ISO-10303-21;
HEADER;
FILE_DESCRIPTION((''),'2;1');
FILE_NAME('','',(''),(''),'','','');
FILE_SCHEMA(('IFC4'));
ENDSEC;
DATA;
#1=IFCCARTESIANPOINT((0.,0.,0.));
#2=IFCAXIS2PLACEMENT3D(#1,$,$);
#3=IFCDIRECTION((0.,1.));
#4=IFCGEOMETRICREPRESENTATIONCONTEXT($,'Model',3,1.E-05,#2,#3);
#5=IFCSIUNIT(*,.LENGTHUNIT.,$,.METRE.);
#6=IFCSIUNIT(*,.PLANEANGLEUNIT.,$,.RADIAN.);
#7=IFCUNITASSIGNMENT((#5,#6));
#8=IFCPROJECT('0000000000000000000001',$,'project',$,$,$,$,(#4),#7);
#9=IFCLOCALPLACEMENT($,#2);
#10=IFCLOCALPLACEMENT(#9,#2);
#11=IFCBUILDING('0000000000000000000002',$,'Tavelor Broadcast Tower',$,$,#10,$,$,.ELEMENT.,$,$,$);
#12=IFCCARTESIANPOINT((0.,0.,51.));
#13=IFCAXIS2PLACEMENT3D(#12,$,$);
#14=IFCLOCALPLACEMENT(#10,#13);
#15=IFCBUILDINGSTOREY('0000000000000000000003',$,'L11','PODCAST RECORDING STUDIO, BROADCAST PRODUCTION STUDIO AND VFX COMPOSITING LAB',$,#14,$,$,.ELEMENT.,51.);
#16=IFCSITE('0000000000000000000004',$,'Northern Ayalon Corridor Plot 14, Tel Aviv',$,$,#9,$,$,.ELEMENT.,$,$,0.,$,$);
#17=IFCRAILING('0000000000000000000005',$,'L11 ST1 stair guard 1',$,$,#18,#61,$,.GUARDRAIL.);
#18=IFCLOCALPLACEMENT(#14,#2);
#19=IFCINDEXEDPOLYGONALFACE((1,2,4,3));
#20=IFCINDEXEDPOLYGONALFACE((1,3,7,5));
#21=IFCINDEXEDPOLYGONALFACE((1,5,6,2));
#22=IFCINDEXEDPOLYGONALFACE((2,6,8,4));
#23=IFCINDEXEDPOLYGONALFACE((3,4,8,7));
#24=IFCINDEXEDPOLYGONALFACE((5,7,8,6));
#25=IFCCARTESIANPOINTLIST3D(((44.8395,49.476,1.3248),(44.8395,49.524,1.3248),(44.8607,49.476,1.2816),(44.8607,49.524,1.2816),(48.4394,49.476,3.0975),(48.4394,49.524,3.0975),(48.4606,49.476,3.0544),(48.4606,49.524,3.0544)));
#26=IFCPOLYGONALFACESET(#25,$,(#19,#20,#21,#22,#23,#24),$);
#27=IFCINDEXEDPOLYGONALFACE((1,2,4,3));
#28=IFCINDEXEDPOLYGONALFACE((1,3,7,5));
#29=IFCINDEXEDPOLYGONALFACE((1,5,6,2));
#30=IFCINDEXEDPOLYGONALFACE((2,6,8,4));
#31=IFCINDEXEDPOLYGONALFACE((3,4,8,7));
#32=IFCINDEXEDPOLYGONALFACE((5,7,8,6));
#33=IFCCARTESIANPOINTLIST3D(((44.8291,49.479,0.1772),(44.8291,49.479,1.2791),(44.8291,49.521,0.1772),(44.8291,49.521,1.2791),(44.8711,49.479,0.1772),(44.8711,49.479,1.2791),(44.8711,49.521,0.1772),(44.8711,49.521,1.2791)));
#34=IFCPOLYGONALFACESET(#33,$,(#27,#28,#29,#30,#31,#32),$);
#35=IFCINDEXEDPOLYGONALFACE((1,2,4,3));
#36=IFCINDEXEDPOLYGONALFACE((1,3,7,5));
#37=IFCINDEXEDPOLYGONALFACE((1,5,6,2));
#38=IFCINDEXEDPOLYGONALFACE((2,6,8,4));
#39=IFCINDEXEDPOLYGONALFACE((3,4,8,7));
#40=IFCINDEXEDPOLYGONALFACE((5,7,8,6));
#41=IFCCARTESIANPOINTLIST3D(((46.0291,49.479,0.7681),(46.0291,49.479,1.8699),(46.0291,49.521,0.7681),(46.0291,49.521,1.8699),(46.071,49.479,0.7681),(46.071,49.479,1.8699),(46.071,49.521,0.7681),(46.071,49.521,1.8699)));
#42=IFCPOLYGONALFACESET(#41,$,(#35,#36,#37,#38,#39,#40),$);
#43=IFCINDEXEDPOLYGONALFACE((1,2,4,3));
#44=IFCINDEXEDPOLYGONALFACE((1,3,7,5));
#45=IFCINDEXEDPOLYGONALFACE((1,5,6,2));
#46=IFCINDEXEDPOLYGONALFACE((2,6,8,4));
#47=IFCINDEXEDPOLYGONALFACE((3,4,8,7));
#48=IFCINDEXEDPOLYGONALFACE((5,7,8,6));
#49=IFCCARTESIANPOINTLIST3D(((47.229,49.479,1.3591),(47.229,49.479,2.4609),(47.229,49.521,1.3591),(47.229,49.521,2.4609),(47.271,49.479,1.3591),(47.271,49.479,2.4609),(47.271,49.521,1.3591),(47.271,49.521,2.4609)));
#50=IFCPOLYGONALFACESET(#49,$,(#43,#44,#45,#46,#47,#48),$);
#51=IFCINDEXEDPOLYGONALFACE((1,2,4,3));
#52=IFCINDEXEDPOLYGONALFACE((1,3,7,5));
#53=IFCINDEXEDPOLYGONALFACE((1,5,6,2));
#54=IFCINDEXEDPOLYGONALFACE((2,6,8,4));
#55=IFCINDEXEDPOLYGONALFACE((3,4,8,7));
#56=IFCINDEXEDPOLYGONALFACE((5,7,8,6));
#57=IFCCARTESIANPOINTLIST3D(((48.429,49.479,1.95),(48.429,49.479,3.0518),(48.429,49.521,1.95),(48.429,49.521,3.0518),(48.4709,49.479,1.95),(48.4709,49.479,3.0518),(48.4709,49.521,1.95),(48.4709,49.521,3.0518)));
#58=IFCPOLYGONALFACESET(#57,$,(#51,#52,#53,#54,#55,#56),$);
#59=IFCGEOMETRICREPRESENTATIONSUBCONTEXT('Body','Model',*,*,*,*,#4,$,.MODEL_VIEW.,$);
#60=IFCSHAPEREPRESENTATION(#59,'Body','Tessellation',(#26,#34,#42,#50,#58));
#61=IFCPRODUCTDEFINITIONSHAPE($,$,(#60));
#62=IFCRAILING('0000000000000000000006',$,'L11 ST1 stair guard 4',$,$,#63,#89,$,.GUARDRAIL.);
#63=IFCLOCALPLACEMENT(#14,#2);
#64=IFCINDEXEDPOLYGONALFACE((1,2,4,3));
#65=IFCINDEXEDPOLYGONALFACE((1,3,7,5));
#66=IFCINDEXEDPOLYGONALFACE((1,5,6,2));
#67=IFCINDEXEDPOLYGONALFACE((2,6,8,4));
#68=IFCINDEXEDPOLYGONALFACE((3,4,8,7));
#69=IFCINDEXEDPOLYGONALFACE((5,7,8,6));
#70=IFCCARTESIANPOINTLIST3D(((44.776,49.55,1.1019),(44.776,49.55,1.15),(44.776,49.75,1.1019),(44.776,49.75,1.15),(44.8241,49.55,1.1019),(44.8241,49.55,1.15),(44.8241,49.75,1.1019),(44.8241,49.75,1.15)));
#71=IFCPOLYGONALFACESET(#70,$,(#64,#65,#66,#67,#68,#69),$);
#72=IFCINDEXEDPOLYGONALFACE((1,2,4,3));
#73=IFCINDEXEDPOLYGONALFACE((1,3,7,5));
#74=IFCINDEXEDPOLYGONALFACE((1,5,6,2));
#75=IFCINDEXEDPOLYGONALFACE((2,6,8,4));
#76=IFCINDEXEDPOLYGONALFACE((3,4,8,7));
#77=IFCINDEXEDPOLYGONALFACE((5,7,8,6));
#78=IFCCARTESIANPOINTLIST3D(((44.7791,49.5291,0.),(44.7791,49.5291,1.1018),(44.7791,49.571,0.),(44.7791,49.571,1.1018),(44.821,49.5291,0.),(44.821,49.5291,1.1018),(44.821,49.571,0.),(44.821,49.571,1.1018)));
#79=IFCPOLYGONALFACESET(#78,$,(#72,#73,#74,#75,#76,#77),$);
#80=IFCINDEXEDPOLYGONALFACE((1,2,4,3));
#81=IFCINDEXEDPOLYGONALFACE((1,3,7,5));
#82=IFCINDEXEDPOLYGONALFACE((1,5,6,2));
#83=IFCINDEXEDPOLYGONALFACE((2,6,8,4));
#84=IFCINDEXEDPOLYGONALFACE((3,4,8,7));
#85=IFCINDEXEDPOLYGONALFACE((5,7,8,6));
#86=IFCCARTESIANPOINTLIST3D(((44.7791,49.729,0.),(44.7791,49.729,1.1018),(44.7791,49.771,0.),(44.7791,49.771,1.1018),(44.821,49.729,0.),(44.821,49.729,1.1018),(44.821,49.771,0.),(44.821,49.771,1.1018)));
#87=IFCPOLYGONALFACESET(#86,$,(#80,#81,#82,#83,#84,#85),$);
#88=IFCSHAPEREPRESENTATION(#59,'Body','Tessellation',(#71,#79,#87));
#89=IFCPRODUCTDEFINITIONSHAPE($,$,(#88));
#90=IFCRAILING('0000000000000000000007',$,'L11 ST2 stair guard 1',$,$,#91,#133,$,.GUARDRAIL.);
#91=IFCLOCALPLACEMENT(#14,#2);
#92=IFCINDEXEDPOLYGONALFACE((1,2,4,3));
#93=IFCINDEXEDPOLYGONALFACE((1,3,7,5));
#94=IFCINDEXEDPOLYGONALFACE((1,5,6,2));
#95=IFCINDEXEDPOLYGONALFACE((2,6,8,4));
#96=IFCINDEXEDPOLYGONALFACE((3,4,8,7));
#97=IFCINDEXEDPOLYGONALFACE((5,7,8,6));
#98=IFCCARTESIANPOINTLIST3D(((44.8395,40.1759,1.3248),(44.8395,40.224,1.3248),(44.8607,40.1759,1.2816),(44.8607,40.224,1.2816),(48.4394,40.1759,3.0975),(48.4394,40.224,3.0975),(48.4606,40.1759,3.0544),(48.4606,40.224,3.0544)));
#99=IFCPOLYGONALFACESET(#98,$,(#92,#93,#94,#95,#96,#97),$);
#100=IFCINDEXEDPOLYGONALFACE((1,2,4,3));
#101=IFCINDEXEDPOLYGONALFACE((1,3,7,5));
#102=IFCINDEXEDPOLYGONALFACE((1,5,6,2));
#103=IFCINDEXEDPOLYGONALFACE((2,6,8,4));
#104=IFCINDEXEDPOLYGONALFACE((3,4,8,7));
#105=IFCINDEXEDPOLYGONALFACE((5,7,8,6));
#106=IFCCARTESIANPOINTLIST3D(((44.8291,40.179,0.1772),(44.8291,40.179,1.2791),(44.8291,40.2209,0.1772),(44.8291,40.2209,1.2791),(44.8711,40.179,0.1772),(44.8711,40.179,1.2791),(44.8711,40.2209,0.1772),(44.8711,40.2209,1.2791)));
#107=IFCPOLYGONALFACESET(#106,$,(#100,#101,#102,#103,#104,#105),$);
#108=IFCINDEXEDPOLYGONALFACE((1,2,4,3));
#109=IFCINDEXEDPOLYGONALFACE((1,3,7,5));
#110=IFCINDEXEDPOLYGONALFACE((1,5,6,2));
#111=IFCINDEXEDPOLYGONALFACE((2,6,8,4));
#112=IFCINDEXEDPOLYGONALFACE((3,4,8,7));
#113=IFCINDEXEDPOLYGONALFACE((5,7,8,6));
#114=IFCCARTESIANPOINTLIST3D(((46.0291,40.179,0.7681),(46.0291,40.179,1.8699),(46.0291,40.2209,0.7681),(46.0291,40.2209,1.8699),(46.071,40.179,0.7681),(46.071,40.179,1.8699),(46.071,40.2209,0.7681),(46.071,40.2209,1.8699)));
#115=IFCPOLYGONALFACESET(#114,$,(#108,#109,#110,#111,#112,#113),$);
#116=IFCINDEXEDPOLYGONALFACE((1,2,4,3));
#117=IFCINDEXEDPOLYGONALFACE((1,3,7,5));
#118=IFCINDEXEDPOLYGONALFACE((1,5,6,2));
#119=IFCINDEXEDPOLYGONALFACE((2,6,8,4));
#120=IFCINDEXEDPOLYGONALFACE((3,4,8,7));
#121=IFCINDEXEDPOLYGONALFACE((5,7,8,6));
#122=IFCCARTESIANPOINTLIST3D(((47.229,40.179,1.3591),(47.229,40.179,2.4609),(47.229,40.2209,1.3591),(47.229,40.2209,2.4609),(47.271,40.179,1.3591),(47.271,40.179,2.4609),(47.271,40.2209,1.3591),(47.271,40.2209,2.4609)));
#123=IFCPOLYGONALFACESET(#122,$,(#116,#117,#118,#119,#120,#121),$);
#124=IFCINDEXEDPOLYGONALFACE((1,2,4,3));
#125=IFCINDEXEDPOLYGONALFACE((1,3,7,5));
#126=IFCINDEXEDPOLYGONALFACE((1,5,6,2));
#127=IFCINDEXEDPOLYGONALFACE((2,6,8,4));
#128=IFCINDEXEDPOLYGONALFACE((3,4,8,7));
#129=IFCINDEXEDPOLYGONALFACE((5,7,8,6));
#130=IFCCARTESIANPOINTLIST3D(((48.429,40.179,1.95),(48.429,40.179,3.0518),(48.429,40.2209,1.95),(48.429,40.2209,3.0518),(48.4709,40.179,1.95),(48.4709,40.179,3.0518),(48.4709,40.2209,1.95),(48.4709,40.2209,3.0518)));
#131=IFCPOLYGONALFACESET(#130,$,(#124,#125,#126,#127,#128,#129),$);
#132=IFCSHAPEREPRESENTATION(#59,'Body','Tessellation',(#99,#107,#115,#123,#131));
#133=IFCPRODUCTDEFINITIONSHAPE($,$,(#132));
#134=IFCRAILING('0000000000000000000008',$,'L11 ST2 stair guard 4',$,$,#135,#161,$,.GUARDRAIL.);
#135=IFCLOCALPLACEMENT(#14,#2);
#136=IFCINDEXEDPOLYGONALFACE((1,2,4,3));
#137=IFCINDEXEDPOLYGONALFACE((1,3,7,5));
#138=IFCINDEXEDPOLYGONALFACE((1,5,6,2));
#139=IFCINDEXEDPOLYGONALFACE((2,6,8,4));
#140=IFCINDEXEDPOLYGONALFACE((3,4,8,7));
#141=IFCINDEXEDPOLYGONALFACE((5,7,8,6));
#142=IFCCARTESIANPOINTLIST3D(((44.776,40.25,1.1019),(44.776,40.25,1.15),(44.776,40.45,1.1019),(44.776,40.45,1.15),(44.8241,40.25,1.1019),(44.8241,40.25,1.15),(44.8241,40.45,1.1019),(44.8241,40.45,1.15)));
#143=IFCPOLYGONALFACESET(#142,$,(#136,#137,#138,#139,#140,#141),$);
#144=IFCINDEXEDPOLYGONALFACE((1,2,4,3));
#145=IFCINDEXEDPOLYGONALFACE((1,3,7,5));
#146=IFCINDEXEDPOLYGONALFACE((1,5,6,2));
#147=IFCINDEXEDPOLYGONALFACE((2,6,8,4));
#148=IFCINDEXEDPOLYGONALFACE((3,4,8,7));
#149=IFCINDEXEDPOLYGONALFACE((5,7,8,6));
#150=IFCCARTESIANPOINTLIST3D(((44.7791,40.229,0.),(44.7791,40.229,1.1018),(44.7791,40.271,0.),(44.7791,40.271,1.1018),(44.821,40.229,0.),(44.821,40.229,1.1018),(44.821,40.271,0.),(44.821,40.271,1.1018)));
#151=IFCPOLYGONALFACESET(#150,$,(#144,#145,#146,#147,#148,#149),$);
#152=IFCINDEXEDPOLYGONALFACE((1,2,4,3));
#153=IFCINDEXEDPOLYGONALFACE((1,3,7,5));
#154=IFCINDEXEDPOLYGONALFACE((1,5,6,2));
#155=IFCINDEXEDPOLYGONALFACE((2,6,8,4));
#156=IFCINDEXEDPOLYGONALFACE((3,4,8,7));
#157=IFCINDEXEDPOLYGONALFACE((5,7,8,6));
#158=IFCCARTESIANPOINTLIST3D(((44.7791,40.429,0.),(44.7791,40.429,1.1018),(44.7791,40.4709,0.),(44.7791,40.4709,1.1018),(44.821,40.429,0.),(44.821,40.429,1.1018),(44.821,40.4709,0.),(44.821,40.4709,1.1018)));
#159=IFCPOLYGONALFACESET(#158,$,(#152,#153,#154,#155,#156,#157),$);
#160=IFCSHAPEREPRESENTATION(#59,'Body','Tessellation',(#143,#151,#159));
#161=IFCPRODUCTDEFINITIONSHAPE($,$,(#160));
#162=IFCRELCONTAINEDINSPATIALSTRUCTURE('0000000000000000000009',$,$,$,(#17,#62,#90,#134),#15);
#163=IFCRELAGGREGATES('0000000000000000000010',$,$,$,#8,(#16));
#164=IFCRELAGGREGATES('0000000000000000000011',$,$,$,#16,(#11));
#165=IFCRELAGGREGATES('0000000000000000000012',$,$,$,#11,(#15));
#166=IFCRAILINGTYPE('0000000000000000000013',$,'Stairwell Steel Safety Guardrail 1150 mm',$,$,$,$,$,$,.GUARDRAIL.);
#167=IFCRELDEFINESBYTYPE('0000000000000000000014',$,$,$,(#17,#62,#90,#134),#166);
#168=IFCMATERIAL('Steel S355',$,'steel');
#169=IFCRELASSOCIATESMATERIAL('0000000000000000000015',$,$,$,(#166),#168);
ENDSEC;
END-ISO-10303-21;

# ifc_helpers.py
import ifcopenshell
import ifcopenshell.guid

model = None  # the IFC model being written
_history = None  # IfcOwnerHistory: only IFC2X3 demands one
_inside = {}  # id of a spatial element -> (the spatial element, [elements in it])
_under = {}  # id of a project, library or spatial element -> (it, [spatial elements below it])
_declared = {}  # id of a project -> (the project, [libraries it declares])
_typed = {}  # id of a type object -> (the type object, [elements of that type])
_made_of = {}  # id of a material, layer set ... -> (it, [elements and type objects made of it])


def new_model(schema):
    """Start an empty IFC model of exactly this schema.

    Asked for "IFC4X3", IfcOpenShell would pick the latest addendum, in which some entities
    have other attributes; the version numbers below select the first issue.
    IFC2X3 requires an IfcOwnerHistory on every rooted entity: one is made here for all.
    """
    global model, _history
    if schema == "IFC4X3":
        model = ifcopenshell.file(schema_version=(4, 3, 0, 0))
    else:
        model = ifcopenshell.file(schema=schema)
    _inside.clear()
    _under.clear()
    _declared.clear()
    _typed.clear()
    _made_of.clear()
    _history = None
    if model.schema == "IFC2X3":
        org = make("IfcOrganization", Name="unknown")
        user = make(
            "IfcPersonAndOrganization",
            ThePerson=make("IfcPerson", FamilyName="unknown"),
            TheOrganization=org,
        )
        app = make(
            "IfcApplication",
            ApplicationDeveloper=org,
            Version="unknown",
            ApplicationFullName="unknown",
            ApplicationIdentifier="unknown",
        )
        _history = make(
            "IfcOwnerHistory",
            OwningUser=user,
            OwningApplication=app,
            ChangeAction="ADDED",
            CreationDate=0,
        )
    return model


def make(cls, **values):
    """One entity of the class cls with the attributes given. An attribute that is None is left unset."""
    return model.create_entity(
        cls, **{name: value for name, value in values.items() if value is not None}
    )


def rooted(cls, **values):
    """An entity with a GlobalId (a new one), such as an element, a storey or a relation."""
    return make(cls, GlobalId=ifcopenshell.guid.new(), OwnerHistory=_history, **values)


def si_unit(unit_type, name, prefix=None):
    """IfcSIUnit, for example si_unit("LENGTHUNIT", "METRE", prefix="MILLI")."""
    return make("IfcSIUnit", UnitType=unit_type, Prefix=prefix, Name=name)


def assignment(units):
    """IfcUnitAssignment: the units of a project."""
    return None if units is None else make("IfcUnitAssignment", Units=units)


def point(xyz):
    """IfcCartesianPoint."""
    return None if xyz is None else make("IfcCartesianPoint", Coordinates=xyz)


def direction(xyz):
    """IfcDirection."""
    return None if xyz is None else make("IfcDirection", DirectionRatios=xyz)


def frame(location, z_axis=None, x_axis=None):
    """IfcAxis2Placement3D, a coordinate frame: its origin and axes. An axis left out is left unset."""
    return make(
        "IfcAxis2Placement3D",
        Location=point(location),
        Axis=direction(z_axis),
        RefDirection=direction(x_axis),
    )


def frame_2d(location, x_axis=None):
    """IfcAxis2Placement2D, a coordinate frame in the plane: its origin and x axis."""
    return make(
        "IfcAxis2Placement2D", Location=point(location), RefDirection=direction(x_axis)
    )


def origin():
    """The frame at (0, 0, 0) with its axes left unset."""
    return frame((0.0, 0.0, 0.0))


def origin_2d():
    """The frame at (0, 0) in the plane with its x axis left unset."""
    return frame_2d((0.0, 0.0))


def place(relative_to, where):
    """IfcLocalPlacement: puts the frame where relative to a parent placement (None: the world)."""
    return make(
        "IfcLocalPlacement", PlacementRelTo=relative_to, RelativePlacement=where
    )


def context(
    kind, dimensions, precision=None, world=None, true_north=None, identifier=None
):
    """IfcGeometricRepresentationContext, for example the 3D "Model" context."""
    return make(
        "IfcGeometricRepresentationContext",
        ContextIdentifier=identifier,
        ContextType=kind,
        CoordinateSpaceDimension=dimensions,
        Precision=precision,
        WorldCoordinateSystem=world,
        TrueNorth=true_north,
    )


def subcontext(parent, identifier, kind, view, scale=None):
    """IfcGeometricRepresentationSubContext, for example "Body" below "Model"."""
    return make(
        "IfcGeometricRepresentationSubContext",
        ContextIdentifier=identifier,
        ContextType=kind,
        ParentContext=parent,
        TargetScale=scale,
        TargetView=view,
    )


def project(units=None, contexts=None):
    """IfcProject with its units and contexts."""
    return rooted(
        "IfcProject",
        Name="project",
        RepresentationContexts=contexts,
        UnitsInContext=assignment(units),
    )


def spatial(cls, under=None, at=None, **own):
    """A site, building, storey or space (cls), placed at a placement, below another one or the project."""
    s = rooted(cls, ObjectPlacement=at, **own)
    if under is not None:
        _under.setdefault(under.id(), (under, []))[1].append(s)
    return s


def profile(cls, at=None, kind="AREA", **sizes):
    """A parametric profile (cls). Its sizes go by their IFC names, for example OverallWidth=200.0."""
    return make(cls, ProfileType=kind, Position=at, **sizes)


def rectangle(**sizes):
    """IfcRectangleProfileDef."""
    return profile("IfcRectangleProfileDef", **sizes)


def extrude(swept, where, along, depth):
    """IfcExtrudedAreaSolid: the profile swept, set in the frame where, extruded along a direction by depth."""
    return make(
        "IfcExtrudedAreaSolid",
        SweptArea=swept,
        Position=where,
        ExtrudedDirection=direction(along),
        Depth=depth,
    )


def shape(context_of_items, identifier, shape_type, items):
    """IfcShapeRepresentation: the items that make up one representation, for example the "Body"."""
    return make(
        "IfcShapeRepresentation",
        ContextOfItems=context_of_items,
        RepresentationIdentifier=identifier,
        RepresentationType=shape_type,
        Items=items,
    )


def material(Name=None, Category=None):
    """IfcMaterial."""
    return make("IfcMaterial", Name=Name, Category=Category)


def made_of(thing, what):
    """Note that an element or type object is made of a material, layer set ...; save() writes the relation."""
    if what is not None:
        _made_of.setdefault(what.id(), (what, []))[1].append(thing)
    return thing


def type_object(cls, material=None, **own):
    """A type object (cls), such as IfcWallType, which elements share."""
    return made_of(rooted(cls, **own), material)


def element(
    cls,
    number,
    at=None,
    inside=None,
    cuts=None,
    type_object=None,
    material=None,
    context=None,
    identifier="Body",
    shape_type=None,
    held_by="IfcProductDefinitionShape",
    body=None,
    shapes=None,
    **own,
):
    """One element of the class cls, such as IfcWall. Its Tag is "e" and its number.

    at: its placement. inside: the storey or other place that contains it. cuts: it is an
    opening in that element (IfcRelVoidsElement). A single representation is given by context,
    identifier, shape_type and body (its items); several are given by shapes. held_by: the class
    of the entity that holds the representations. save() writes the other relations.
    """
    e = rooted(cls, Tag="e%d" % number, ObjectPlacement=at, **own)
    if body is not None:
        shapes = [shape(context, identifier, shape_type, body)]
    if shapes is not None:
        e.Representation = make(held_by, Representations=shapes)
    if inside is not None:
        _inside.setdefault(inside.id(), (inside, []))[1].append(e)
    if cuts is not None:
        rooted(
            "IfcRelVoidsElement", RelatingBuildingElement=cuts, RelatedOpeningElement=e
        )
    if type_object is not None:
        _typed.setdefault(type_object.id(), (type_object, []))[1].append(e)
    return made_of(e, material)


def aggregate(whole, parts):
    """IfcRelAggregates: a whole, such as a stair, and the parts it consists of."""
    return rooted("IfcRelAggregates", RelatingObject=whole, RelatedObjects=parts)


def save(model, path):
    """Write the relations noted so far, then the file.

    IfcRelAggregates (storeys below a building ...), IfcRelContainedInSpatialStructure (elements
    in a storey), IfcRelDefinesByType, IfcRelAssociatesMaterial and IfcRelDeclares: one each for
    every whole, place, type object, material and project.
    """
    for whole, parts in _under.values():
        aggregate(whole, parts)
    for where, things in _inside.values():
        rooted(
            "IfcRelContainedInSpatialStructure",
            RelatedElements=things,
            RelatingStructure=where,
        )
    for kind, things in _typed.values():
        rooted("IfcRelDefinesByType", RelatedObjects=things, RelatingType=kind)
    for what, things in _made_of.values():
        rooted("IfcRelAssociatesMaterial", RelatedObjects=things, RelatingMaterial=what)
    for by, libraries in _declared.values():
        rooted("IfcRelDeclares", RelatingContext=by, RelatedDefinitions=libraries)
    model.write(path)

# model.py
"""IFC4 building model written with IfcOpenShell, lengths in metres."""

from ifc_helpers import new_model, si_unit, direction, frame, origin, origin_2d, place, context, subcontext, project, spatial, rectangle, extrude, material, type_object, element, save


model = new_model("IFC4")

# Units and contexts
model_context = context("Model", 3, precision=1e-05, world=origin(), true_north=direction((0.0, 1.0)))
body_context = subcontext(model_context, "Body", "Model", "MODEL_VIEW")
ifc_project = project(units=[si_unit("LENGTHUNIT", "METRE"), si_unit("PLANEANGLEUNIT", "RADIAN")], contexts=[model_context])

# Site, building, storey
site_placement = place(None, origin())
site = spatial("IfcSite", under=ifc_project, at=site_placement, Name="Northern Ayalon Corridor Plot 14, Tel Aviv", CompositionType="ELEMENT", RefElevation=0.0)
building_placement = place(site_placement, origin())
building = spatial("IfcBuilding", under=site, at=building_placement, Name="Tavelor Broadcast Tower", CompositionType="ELEMENT")
storey_placement = place(building_placement, frame((0.0, 0.0, 51.0)))
storey = spatial("IfcBuildingStorey", under=building, at=storey_placement, Name="L11", Description="PODCAST RECORDING STUDIO, BROADCAST PRODUCTION STUDIO AND VFX COMPOSITING LAB", CompositionType="ELEMENT", Elevation=51.0)

# Shared definitions
ifc_material_1 = material(Name="Steel S355", Category="steel")

# Railings
railing_type_1 = type_object("IfcRailingType", Name="Stairwell Steel Safety Guardrail 1150 mm", PredefinedType="GUARDRAIL", material=ifc_material_1)
railing_1_placement = place(storey_placement, frame((44.8501, 49.5, 0.1772)))
element("IfcRailing", 1, at=railing_1_placement, inside=storey, type_object=railing_type_1, Name="L11 ST1 stair guard 1", PredefinedType="GUARDRAIL", context=body_context, shape_type="SweptSolid", body=[
    extrude(rectangle(XDim=0.0481, YDim=0.0481, at=origin_2d()), frame((0.0, 0.0, 1.126), z_axis=(0.897124, 0.0, 0.441778), x_axis=(0.0, 1.0, 0.0)), (0.0, 0.0, 1.0), 4.0127),
    extrude(rectangle(XDim=0.042, YDim=0.042, at=origin_2d()), origin(), (0.0, 0.0, 1.0), 1.1018),
    extrude(rectangle(XDim=0.042, YDim=0.042, at=origin_2d()), frame((1.2, 0.0, 0.5908)), (0.0, 0.0, 1.0), 1.1018),
    extrude(rectangle(XDim=0.042, YDim=0.042, at=origin_2d()), frame((2.3999, 0.0, 1.1819)), (0.0, 0.0, 1.0), 1.1018),
    extrude(rectangle(XDim=0.042, YDim=0.042, at=origin_2d()), frame((3.5999, 0.0, 1.7727)), (0.0, 0.0, 1.0), 1.1018),
])
railing_2_placement = place(storey_placement, frame((44.8, 49.55, 0.0)))
element("IfcRailing", 2, at=railing_2_placement, inside=storey, type_object=railing_type_1, Name="L11 ST1 stair guard 4", PredefinedType="GUARDRAIL", context=body_context, shape_type="SweptSolid", body=[
    extrude(rectangle(XDim=0.0481, YDim=0.0481, at=origin_2d()), frame((0.0, 0.0, 1.126), z_axis=(0.0, 1.0, 0.0), x_axis=(-1.0, 0.0, 0.0)), (0.0, 0.0, 1.0), 0.2),
    extrude(rectangle(XDim=0.042, YDim=0.042, at=origin_2d()), origin(), (0.0, 0.0, 1.0), 1.1018),
    extrude(rectangle(XDim=0.042, YDim=0.042, at=origin_2d()), frame((0.0, 0.2, 0.0)), (0.0, 0.0, 1.0), 1.1018),
])
railing_3_placement = place(storey_placement, frame((44.8501, 40.2, 0.1772)))
element("IfcRailing", 3, at=railing_3_placement, inside=storey, type_object=railing_type_1, Name="L11 ST2 stair guard 1", PredefinedType="GUARDRAIL", context=body_context, shape_type="SweptSolid", body=[
    extrude(rectangle(XDim=0.0481, YDim=0.0481, at=origin_2d()), frame((0.0, 0.0, 1.126), z_axis=(0.897124, 0.0, 0.441778), x_axis=(0.0, 1.0, 0.0)), (0.0, 0.0, 1.0), 4.0127),
    extrude(rectangle(XDim=0.042, YDim=0.042, at=origin_2d()), origin(), (0.0, 0.0, 1.0), 1.1018),
    extrude(rectangle(XDim=0.042, YDim=0.042, at=origin_2d()), frame((1.2, 0.0, 0.5908)), (0.0, 0.0, 1.0), 1.1018),
    extrude(rectangle(XDim=0.042, YDim=0.042, at=origin_2d()), frame((2.3999, 0.0, 1.1819)), (0.0, 0.0, 1.0), 1.1018),
    extrude(rectangle(XDim=0.042, YDim=0.042, at=origin_2d()), frame((3.5999, 0.0, 1.7727)), (0.0, 0.0, 1.0), 1.1018),
])
railing_4_placement = place(storey_placement, frame((44.8, 40.25, 0.0)))
element("IfcRailing", 4, at=railing_4_placement, inside=storey, type_object=railing_type_1, Name="L11 ST2 stair guard 4", PredefinedType="GUARDRAIL", context=body_context, shape_type="SweptSolid", body=[
    extrude(rectangle(XDim=0.0481, YDim=0.0481, at=origin_2d()), frame((0.0, 0.0, 1.126), z_axis=(0.0, 1.0, 0.0), x_axis=(-1.0, 0.0, 0.0)), (0.0, 0.0, 1.0), 0.2),
    extrude(rectangle(XDim=0.042, YDim=0.042, at=origin_2d()), origin(), (0.0, 0.0, 1.0), 1.1018),
    extrude(rectangle(XDim=0.042, YDim=0.042, at=origin_2d()), frame((0.0, 0.2, 0.0)), (0.0, 0.0, 1.0), 1.1018),
])

save(model, "model.ifc")
